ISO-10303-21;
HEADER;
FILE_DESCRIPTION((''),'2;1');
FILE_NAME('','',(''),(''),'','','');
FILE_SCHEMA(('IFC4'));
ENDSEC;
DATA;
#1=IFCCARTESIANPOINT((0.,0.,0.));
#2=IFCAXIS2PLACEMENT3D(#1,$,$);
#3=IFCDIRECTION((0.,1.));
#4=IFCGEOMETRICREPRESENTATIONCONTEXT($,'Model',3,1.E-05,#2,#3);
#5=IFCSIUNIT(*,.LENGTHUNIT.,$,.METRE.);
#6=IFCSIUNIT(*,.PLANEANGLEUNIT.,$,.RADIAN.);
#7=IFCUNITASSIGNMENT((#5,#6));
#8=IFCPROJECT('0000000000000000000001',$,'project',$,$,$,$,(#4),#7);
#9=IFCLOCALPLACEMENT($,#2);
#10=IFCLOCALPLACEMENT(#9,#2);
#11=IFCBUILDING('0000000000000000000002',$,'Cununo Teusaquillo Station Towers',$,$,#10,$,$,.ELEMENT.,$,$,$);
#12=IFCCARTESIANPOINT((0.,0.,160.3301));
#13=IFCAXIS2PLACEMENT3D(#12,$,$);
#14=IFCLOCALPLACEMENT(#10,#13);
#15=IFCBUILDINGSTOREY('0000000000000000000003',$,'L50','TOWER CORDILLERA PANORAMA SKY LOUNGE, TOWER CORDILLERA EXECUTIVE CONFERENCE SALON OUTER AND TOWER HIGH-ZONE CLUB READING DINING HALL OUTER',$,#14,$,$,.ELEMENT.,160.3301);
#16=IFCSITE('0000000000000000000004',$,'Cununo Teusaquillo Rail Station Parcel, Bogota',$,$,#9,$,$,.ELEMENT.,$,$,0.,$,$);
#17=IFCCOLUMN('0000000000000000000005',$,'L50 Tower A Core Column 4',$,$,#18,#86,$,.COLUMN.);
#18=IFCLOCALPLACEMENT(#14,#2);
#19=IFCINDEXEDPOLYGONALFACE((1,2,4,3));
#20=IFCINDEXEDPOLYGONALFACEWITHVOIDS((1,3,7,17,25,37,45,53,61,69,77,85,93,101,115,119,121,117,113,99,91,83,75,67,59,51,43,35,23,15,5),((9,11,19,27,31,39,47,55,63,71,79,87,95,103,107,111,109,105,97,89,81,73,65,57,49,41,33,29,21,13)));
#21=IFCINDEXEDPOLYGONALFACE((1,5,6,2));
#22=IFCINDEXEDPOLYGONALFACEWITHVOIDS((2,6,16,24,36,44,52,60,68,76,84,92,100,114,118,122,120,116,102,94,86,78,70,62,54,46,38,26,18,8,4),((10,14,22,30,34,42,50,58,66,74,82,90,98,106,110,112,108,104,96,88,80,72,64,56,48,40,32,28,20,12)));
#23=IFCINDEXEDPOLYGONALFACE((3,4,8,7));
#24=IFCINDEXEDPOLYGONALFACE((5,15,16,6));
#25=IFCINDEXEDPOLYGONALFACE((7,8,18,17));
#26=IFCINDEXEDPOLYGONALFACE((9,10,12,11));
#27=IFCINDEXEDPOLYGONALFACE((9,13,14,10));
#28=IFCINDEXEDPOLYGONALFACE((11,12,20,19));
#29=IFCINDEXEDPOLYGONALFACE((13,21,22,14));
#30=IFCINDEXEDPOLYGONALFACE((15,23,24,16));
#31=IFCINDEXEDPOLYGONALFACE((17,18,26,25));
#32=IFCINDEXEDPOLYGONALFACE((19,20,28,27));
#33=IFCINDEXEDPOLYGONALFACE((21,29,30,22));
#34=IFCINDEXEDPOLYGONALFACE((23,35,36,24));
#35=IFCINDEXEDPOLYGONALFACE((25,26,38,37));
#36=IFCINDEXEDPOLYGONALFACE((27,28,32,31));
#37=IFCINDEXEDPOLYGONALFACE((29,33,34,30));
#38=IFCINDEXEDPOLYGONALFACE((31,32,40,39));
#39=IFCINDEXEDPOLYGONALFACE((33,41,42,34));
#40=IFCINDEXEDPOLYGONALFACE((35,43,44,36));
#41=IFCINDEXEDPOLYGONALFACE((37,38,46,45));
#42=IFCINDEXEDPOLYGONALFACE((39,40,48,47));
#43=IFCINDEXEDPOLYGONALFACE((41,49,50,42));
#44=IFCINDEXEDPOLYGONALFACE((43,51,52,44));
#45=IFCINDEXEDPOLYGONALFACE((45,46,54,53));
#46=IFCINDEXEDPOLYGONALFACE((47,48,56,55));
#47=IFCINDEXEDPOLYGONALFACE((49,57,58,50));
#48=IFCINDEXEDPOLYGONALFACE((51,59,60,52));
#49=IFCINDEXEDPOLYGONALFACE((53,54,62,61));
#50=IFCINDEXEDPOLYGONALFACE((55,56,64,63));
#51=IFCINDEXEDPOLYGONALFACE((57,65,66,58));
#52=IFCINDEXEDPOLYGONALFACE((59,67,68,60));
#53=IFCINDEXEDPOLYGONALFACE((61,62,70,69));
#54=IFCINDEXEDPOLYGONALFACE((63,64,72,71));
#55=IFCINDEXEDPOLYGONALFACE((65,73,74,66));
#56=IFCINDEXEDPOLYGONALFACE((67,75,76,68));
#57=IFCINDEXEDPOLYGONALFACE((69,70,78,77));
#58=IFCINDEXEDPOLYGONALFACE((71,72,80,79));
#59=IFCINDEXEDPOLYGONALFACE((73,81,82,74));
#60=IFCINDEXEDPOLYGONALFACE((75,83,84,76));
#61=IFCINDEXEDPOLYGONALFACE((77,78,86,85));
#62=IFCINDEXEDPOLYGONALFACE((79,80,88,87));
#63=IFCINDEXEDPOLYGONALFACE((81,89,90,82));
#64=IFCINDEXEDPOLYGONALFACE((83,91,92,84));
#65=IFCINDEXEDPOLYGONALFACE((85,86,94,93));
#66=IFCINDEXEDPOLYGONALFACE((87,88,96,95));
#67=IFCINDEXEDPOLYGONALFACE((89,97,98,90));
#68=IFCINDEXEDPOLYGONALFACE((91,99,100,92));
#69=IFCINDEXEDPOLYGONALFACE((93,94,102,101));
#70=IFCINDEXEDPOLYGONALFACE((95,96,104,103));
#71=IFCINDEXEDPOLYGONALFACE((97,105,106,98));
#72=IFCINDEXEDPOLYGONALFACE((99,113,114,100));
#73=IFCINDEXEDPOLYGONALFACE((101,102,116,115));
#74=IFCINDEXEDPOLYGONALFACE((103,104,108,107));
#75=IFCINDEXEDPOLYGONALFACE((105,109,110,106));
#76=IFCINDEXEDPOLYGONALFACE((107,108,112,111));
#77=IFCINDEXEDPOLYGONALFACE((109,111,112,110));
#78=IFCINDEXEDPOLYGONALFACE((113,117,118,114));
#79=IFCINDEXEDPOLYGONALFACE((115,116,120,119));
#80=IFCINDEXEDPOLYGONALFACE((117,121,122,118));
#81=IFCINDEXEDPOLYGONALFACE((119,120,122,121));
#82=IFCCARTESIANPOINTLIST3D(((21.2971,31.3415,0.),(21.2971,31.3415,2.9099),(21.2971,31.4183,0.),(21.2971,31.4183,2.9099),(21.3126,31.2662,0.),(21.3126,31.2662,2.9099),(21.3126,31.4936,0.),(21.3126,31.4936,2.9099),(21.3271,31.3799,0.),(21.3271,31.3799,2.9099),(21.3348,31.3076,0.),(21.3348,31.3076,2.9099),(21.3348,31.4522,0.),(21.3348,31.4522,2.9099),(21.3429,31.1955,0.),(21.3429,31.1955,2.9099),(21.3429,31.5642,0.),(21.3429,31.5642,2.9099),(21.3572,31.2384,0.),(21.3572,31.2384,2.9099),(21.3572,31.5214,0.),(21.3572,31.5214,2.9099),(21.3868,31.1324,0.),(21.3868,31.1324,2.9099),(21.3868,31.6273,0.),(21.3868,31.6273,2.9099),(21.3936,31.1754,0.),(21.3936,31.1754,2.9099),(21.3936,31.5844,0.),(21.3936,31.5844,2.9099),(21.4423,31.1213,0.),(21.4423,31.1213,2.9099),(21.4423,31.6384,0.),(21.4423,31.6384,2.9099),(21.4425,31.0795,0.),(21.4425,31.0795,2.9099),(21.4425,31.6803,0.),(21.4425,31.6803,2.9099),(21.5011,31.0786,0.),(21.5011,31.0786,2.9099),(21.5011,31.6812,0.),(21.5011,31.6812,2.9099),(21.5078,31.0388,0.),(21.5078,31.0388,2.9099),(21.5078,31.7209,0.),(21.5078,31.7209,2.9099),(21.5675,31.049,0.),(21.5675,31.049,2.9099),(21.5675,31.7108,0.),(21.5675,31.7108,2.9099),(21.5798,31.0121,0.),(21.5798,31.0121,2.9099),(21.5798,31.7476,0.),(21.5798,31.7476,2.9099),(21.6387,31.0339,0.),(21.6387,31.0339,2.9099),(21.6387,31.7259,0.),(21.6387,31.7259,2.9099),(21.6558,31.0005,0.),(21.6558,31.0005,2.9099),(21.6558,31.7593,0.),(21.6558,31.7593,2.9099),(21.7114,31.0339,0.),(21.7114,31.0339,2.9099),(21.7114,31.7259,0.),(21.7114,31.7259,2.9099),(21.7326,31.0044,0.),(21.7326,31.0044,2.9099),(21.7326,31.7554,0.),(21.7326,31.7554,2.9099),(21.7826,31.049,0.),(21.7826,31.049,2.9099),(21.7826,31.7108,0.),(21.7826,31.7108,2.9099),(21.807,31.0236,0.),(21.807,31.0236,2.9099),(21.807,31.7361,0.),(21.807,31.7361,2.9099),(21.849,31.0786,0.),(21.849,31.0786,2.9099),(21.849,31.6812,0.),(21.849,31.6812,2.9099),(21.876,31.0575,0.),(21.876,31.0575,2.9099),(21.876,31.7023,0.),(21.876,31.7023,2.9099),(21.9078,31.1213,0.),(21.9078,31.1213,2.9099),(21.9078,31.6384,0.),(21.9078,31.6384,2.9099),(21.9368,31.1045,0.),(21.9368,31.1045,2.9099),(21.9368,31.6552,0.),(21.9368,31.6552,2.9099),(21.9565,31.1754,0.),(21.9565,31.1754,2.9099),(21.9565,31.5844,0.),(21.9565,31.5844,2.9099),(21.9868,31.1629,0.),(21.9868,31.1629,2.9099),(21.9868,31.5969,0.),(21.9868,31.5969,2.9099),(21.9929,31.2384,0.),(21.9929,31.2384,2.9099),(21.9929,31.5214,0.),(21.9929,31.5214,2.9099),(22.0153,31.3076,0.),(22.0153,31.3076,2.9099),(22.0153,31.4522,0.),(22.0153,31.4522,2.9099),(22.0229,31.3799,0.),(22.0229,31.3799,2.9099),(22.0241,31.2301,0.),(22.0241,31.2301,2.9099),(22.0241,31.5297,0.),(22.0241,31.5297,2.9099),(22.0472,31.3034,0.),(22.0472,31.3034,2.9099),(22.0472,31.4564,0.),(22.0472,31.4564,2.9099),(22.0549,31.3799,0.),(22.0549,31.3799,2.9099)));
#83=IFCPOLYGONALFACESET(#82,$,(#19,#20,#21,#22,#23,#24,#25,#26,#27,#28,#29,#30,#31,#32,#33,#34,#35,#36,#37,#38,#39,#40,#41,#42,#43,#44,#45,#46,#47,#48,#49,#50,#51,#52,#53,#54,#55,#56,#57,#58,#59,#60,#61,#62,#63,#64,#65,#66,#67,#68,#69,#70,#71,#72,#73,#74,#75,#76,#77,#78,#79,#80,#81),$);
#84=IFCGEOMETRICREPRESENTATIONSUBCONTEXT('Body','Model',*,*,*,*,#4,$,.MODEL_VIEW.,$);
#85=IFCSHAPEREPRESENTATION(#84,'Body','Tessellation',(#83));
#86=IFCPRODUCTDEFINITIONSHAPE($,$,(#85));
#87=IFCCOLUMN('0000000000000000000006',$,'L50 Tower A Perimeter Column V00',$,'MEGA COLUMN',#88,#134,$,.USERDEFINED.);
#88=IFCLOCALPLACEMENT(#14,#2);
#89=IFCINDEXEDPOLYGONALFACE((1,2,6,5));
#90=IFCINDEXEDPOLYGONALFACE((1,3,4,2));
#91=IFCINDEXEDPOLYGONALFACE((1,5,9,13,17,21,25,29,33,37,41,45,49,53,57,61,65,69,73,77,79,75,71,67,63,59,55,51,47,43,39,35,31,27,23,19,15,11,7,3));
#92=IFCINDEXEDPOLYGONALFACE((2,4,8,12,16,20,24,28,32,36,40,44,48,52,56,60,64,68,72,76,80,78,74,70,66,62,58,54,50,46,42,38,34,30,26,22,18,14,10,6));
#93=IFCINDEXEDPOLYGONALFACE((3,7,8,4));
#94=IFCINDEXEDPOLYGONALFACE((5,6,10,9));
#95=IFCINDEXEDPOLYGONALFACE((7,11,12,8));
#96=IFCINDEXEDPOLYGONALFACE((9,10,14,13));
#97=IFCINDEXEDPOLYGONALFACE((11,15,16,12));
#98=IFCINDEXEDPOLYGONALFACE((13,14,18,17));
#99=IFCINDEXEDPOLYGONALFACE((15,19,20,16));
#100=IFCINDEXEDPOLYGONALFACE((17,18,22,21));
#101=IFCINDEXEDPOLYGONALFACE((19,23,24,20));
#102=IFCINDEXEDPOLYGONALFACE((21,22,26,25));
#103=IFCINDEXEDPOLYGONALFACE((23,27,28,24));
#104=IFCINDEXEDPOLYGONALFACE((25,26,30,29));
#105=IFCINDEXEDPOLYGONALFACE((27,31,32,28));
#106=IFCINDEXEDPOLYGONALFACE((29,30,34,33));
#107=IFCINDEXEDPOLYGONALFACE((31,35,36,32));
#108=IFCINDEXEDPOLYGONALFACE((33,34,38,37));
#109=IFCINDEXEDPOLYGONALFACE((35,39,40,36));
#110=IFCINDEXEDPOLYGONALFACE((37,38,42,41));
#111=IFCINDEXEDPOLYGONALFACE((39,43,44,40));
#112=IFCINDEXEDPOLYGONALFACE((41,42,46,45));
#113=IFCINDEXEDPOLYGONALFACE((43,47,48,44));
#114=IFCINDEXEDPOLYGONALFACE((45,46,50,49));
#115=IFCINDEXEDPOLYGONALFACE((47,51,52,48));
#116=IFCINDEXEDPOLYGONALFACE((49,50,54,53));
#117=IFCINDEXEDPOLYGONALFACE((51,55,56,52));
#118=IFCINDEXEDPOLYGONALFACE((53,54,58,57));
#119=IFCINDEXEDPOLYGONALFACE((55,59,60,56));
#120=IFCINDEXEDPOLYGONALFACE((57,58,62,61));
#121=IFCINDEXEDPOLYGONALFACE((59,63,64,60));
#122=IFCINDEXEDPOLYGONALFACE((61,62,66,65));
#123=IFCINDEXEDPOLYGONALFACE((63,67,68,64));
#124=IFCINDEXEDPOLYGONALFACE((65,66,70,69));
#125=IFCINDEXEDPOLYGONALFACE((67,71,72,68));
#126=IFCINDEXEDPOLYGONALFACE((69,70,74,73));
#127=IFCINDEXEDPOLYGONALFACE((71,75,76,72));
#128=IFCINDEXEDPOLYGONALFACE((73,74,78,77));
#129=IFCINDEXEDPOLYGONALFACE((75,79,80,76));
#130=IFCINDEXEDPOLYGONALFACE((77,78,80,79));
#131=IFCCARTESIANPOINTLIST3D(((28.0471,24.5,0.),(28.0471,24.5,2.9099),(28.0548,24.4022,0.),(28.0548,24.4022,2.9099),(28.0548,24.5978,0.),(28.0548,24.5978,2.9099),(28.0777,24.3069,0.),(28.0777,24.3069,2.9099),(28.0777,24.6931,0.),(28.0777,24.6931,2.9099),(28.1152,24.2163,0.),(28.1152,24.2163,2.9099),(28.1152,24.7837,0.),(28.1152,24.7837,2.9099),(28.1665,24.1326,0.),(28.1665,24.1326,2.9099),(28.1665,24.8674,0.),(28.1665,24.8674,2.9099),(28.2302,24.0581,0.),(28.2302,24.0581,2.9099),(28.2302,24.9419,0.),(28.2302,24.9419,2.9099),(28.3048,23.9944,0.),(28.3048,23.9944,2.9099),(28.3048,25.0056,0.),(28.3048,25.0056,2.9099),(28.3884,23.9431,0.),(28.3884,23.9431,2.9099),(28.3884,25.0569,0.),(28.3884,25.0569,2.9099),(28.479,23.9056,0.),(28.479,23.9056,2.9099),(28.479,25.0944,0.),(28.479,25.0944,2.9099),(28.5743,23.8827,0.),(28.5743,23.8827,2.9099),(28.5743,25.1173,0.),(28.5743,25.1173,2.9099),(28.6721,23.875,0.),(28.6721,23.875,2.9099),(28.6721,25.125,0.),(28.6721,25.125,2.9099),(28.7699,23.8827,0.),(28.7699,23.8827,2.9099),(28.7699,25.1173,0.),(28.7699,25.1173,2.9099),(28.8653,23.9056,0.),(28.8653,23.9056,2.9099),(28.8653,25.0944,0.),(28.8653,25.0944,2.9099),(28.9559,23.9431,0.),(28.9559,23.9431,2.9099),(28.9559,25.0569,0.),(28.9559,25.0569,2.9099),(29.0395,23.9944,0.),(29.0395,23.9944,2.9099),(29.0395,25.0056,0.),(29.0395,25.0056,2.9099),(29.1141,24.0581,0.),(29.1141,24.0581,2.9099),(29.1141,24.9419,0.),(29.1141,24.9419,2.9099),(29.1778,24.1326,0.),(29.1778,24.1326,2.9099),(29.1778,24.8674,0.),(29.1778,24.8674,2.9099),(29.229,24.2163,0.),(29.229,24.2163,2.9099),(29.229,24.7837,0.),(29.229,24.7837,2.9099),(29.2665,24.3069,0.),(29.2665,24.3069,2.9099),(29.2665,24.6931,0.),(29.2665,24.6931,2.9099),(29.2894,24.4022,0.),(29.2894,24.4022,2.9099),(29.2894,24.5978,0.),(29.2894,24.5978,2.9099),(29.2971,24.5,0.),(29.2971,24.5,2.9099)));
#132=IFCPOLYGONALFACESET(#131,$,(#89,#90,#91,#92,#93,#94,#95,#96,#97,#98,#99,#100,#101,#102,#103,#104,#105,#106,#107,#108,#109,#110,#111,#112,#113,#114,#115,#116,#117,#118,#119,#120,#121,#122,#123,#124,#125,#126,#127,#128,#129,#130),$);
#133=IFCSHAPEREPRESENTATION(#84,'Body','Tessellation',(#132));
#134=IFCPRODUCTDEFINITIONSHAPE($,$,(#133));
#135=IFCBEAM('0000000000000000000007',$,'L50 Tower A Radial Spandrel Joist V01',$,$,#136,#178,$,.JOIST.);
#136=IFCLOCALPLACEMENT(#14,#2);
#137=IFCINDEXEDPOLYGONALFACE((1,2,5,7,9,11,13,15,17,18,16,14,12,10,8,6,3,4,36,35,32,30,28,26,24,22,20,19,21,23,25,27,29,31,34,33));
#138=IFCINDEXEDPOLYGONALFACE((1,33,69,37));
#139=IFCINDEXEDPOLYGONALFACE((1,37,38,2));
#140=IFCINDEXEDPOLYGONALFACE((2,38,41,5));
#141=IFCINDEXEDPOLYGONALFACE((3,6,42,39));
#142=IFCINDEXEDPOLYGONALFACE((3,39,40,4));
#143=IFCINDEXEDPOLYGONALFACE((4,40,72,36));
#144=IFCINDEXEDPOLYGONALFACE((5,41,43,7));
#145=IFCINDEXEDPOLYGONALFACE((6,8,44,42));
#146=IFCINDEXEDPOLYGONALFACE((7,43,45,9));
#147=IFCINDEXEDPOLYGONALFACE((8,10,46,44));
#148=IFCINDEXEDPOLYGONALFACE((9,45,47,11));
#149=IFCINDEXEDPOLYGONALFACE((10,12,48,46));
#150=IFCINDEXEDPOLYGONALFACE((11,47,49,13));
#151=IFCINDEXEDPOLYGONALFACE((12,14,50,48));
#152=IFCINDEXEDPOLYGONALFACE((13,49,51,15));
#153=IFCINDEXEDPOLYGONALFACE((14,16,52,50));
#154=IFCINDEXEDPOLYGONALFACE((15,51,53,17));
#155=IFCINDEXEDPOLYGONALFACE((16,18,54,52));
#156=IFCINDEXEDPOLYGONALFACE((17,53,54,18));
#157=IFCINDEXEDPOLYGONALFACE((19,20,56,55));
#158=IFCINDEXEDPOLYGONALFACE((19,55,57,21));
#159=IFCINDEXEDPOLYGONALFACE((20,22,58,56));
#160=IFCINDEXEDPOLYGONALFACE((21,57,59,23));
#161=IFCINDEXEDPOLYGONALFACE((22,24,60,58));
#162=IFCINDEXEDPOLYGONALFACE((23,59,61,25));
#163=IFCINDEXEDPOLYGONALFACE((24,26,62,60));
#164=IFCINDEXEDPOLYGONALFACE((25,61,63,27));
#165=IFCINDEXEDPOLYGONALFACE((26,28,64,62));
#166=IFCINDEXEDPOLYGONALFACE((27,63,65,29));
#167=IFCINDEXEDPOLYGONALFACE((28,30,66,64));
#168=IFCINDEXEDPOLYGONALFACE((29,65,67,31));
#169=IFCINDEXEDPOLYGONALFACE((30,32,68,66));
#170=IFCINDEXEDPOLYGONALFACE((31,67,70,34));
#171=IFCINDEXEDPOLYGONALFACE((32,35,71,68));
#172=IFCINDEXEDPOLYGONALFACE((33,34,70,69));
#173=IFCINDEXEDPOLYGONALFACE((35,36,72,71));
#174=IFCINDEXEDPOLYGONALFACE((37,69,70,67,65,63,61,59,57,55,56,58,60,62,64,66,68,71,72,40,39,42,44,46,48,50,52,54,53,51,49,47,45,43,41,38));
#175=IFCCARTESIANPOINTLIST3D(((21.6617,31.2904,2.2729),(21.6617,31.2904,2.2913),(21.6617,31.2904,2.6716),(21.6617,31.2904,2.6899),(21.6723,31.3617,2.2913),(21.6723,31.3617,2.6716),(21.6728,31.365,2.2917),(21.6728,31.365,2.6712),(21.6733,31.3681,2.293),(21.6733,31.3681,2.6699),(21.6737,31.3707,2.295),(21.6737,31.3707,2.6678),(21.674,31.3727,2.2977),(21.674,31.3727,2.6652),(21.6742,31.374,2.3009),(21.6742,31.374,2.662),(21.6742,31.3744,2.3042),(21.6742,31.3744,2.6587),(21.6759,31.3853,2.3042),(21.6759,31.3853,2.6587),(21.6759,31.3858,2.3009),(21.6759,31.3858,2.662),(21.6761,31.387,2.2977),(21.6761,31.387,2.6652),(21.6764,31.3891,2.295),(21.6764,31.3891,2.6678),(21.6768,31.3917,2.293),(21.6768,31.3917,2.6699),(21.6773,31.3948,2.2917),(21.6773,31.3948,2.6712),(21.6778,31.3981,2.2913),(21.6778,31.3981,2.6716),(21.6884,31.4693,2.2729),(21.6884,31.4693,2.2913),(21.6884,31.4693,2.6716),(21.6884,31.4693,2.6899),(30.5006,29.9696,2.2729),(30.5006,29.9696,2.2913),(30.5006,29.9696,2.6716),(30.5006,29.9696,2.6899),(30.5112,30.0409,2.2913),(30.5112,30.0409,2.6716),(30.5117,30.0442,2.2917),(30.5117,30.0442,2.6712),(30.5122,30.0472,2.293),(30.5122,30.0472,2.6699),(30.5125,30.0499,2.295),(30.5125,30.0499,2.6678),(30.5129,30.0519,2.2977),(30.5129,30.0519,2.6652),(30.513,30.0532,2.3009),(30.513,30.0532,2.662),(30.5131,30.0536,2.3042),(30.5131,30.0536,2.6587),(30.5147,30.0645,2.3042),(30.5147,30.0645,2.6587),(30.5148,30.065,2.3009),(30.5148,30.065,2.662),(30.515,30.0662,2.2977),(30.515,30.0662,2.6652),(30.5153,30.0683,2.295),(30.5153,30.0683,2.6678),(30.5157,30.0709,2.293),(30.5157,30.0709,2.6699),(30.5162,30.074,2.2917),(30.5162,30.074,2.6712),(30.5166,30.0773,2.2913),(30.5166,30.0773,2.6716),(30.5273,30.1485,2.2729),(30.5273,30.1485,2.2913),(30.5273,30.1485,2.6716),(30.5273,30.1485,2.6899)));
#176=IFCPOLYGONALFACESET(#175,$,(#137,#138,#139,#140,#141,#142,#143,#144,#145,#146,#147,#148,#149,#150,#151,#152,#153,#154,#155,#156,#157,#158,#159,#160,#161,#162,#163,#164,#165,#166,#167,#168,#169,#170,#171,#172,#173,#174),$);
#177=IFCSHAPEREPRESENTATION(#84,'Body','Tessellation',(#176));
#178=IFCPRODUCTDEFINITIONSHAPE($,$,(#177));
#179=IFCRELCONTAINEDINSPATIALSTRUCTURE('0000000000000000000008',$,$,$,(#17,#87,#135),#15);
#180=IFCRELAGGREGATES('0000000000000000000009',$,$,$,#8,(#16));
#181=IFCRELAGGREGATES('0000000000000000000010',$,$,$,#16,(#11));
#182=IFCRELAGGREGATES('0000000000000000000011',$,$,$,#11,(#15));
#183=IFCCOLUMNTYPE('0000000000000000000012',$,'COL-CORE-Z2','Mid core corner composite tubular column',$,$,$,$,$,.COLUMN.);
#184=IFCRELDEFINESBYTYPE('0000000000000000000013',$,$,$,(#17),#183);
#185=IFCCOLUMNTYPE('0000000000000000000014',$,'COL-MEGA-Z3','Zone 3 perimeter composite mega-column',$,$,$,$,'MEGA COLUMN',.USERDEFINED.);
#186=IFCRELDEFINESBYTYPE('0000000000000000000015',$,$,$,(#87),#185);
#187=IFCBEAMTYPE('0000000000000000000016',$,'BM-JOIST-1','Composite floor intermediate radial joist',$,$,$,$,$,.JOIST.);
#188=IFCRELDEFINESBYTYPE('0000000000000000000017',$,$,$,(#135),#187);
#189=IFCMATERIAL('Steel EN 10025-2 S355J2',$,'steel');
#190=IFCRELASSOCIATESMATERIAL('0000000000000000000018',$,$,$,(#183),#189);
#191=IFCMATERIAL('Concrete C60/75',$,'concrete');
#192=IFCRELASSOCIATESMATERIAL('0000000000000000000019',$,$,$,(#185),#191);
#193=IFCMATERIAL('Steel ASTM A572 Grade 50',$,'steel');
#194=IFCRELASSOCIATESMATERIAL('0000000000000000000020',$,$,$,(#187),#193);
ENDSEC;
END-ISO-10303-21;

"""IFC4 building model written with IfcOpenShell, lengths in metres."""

from ifc_helpers import new_model, si_unit, direction, frame, origin, origin_2d, place, context, subcontext, project, spatial, circle, hollow_circle, i_section, extrude, material, material_profile, profile_set, type_object, element, save


model = new_model("IFC4")

# Units and contexts
model_context = context("Model", 3, precision=1e-05, world=origin(), true_north=direction((0.0, 1.0)))
body_context = subcontext(model_context, "Body", "Model", "MODEL_VIEW")
ifc_project = project(units=[si_unit("LENGTHUNIT", "METRE"), si_unit("PLANEANGLEUNIT", "RADIAN")], contexts=[model_context])

# Site, building, storey
site_placement = place(None, origin())
site = spatial("IfcSite", under=ifc_project, at=site_placement, Name="Cununo Teusaquillo Rail Station Parcel, Bogota", CompositionType="ELEMENT", RefElevation=0.0)
building_placement = place(site_placement, origin())
building = spatial("IfcBuilding", under=site, at=building_placement, Name="Cununo Teusaquillo Station Towers", CompositionType="ELEMENT")
storey_placement = place(building_placement, frame((0.0, 0.0, 160.3301)))
storey = spatial("IfcBuildingStorey", under=building, at=storey_placement, Name="L50", Description="TOWER CORDILLERA PANORAMA SKY LOUNGE, TOWER CORDILLERA EXECUTIVE CONFERENCE SALON OUTER AND TOWER HIGH-ZONE CLUB READING DINING HALL OUTER", CompositionType="ELEMENT", Elevation=160.3301)

# Columns
ifc_material_1 = material(Name="Steel EN 10025-2 S355J2", Category="steel")
ifc_material_profile_1 = material_profile(ifc_material_1, hollow_circle(Radius=0.3799, WallThickness=0.032, at=origin_2d()), Name="CHS 760x32")
ifc_profile_set_1 = profile_set([ifc_material_profile_1], Name="Steel EN 10025-2 S355J2")
column_type_1 = type_object("IfcColumnType", Name="COL-CORE-Z2", Description="Mid core corner composite tubular column", PredefinedType="COLUMN", material=ifc_profile_set_1)
column_1_placement = place(storey_placement, frame((21.675, 31.3799, 0.0), z_axis=(0.0, 0.0, 1.0), x_axis=(1.0, 0.0, 0.0)))
element("IfcColumn", 1, at=column_1_placement, inside=storey, type_object=column_type_1, Name="L50 Tower A Core Column 4", PredefinedType="COLUMN", context=body_context, shape_type="SweptSolid", body=[
    extrude(hollow_circle(Radius=0.3799, WallThickness=0.032, at=origin_2d()), origin(), (0.0, 0.0, 1.0), 2.9099),
])
ifc_material_2 = material(Name="Concrete C60/75", Category="concrete")
ifc_material_profile_2 = material_profile(ifc_material_2, circle(Radius=0.625, at=origin_2d()), Name="RC-CIRC-1250")
ifc_profile_set_2 = profile_set([ifc_material_profile_2], Name="Concrete C60/75")
column_type_2 = type_object("IfcColumnType", Name="COL-MEGA-Z3", Description="Zone 3 perimeter composite mega-column", ElementType="MEGA COLUMN", PredefinedType="USERDEFINED", material=ifc_profile_set_2)
column_2_placement = place(storey_placement, frame((28.6721, 24.5, 0.0), z_axis=(0.0, 0.0, 1.0), x_axis=(1.0, 0.0, 0.0)))
element("IfcColumn", 2, at=column_2_placement, inside=storey, type_object=column_type_2, Name="L50 Tower A Perimeter Column V00", ObjectType="MEGA COLUMN", PredefinedType="USERDEFINED", context=body_context, shape_type="SweptSolid", body=[
    extrude(circle(Radius=0.625, at=origin_2d()), origin(), (0.0, 0.0, 1.0), 2.9099),
])

# Beam
ifc_material_3 = material(Name="Steel ASTM A572 Grade 50", Category="steel")
ifc_material_profile_3 = material_profile(ifc_material_3, i_section(OverallWidth=0.1809, OverallDepth=0.417, WebThickness=0.011, FlangeThickness=0.0183, FilletRadius=0.0129, at=origin_2d()), Name="W16X57")
ifc_profile_set_3 = profile_set([ifc_material_profile_3], Name="Steel ASTM A572 Grade 50")
beam_type_1 = type_object("IfcBeamType", Name="BM-JOIST-1", Description="Composite floor intermediate radial joist", PredefinedType="JOIST", material=ifc_profile_set_3)
beam_1_placement = place(storey_placement, frame((21.675, 31.3799, 2.4814), z_axis=(0.989019, -0.14779, 0.0), x_axis=(0.14779, 0.989019, 0.0)))
element("IfcBeam", 3, at=beam_1_placement, inside=storey, type_object=beam_type_1, Name="L50 Tower A Radial Spandrel Joist V01", PredefinedType="JOIST", context=body_context, shape_type="SweptSolid", body=[
    extrude(i_section(OverallWidth=0.1809, OverallDepth=0.417, WebThickness=0.011, FlangeThickness=0.0183, FilletRadius=0.0129, at=origin_2d()), origin(), (0.0, 0.0, 1.0), 8.937),
])

save(model, "model.ifc")
